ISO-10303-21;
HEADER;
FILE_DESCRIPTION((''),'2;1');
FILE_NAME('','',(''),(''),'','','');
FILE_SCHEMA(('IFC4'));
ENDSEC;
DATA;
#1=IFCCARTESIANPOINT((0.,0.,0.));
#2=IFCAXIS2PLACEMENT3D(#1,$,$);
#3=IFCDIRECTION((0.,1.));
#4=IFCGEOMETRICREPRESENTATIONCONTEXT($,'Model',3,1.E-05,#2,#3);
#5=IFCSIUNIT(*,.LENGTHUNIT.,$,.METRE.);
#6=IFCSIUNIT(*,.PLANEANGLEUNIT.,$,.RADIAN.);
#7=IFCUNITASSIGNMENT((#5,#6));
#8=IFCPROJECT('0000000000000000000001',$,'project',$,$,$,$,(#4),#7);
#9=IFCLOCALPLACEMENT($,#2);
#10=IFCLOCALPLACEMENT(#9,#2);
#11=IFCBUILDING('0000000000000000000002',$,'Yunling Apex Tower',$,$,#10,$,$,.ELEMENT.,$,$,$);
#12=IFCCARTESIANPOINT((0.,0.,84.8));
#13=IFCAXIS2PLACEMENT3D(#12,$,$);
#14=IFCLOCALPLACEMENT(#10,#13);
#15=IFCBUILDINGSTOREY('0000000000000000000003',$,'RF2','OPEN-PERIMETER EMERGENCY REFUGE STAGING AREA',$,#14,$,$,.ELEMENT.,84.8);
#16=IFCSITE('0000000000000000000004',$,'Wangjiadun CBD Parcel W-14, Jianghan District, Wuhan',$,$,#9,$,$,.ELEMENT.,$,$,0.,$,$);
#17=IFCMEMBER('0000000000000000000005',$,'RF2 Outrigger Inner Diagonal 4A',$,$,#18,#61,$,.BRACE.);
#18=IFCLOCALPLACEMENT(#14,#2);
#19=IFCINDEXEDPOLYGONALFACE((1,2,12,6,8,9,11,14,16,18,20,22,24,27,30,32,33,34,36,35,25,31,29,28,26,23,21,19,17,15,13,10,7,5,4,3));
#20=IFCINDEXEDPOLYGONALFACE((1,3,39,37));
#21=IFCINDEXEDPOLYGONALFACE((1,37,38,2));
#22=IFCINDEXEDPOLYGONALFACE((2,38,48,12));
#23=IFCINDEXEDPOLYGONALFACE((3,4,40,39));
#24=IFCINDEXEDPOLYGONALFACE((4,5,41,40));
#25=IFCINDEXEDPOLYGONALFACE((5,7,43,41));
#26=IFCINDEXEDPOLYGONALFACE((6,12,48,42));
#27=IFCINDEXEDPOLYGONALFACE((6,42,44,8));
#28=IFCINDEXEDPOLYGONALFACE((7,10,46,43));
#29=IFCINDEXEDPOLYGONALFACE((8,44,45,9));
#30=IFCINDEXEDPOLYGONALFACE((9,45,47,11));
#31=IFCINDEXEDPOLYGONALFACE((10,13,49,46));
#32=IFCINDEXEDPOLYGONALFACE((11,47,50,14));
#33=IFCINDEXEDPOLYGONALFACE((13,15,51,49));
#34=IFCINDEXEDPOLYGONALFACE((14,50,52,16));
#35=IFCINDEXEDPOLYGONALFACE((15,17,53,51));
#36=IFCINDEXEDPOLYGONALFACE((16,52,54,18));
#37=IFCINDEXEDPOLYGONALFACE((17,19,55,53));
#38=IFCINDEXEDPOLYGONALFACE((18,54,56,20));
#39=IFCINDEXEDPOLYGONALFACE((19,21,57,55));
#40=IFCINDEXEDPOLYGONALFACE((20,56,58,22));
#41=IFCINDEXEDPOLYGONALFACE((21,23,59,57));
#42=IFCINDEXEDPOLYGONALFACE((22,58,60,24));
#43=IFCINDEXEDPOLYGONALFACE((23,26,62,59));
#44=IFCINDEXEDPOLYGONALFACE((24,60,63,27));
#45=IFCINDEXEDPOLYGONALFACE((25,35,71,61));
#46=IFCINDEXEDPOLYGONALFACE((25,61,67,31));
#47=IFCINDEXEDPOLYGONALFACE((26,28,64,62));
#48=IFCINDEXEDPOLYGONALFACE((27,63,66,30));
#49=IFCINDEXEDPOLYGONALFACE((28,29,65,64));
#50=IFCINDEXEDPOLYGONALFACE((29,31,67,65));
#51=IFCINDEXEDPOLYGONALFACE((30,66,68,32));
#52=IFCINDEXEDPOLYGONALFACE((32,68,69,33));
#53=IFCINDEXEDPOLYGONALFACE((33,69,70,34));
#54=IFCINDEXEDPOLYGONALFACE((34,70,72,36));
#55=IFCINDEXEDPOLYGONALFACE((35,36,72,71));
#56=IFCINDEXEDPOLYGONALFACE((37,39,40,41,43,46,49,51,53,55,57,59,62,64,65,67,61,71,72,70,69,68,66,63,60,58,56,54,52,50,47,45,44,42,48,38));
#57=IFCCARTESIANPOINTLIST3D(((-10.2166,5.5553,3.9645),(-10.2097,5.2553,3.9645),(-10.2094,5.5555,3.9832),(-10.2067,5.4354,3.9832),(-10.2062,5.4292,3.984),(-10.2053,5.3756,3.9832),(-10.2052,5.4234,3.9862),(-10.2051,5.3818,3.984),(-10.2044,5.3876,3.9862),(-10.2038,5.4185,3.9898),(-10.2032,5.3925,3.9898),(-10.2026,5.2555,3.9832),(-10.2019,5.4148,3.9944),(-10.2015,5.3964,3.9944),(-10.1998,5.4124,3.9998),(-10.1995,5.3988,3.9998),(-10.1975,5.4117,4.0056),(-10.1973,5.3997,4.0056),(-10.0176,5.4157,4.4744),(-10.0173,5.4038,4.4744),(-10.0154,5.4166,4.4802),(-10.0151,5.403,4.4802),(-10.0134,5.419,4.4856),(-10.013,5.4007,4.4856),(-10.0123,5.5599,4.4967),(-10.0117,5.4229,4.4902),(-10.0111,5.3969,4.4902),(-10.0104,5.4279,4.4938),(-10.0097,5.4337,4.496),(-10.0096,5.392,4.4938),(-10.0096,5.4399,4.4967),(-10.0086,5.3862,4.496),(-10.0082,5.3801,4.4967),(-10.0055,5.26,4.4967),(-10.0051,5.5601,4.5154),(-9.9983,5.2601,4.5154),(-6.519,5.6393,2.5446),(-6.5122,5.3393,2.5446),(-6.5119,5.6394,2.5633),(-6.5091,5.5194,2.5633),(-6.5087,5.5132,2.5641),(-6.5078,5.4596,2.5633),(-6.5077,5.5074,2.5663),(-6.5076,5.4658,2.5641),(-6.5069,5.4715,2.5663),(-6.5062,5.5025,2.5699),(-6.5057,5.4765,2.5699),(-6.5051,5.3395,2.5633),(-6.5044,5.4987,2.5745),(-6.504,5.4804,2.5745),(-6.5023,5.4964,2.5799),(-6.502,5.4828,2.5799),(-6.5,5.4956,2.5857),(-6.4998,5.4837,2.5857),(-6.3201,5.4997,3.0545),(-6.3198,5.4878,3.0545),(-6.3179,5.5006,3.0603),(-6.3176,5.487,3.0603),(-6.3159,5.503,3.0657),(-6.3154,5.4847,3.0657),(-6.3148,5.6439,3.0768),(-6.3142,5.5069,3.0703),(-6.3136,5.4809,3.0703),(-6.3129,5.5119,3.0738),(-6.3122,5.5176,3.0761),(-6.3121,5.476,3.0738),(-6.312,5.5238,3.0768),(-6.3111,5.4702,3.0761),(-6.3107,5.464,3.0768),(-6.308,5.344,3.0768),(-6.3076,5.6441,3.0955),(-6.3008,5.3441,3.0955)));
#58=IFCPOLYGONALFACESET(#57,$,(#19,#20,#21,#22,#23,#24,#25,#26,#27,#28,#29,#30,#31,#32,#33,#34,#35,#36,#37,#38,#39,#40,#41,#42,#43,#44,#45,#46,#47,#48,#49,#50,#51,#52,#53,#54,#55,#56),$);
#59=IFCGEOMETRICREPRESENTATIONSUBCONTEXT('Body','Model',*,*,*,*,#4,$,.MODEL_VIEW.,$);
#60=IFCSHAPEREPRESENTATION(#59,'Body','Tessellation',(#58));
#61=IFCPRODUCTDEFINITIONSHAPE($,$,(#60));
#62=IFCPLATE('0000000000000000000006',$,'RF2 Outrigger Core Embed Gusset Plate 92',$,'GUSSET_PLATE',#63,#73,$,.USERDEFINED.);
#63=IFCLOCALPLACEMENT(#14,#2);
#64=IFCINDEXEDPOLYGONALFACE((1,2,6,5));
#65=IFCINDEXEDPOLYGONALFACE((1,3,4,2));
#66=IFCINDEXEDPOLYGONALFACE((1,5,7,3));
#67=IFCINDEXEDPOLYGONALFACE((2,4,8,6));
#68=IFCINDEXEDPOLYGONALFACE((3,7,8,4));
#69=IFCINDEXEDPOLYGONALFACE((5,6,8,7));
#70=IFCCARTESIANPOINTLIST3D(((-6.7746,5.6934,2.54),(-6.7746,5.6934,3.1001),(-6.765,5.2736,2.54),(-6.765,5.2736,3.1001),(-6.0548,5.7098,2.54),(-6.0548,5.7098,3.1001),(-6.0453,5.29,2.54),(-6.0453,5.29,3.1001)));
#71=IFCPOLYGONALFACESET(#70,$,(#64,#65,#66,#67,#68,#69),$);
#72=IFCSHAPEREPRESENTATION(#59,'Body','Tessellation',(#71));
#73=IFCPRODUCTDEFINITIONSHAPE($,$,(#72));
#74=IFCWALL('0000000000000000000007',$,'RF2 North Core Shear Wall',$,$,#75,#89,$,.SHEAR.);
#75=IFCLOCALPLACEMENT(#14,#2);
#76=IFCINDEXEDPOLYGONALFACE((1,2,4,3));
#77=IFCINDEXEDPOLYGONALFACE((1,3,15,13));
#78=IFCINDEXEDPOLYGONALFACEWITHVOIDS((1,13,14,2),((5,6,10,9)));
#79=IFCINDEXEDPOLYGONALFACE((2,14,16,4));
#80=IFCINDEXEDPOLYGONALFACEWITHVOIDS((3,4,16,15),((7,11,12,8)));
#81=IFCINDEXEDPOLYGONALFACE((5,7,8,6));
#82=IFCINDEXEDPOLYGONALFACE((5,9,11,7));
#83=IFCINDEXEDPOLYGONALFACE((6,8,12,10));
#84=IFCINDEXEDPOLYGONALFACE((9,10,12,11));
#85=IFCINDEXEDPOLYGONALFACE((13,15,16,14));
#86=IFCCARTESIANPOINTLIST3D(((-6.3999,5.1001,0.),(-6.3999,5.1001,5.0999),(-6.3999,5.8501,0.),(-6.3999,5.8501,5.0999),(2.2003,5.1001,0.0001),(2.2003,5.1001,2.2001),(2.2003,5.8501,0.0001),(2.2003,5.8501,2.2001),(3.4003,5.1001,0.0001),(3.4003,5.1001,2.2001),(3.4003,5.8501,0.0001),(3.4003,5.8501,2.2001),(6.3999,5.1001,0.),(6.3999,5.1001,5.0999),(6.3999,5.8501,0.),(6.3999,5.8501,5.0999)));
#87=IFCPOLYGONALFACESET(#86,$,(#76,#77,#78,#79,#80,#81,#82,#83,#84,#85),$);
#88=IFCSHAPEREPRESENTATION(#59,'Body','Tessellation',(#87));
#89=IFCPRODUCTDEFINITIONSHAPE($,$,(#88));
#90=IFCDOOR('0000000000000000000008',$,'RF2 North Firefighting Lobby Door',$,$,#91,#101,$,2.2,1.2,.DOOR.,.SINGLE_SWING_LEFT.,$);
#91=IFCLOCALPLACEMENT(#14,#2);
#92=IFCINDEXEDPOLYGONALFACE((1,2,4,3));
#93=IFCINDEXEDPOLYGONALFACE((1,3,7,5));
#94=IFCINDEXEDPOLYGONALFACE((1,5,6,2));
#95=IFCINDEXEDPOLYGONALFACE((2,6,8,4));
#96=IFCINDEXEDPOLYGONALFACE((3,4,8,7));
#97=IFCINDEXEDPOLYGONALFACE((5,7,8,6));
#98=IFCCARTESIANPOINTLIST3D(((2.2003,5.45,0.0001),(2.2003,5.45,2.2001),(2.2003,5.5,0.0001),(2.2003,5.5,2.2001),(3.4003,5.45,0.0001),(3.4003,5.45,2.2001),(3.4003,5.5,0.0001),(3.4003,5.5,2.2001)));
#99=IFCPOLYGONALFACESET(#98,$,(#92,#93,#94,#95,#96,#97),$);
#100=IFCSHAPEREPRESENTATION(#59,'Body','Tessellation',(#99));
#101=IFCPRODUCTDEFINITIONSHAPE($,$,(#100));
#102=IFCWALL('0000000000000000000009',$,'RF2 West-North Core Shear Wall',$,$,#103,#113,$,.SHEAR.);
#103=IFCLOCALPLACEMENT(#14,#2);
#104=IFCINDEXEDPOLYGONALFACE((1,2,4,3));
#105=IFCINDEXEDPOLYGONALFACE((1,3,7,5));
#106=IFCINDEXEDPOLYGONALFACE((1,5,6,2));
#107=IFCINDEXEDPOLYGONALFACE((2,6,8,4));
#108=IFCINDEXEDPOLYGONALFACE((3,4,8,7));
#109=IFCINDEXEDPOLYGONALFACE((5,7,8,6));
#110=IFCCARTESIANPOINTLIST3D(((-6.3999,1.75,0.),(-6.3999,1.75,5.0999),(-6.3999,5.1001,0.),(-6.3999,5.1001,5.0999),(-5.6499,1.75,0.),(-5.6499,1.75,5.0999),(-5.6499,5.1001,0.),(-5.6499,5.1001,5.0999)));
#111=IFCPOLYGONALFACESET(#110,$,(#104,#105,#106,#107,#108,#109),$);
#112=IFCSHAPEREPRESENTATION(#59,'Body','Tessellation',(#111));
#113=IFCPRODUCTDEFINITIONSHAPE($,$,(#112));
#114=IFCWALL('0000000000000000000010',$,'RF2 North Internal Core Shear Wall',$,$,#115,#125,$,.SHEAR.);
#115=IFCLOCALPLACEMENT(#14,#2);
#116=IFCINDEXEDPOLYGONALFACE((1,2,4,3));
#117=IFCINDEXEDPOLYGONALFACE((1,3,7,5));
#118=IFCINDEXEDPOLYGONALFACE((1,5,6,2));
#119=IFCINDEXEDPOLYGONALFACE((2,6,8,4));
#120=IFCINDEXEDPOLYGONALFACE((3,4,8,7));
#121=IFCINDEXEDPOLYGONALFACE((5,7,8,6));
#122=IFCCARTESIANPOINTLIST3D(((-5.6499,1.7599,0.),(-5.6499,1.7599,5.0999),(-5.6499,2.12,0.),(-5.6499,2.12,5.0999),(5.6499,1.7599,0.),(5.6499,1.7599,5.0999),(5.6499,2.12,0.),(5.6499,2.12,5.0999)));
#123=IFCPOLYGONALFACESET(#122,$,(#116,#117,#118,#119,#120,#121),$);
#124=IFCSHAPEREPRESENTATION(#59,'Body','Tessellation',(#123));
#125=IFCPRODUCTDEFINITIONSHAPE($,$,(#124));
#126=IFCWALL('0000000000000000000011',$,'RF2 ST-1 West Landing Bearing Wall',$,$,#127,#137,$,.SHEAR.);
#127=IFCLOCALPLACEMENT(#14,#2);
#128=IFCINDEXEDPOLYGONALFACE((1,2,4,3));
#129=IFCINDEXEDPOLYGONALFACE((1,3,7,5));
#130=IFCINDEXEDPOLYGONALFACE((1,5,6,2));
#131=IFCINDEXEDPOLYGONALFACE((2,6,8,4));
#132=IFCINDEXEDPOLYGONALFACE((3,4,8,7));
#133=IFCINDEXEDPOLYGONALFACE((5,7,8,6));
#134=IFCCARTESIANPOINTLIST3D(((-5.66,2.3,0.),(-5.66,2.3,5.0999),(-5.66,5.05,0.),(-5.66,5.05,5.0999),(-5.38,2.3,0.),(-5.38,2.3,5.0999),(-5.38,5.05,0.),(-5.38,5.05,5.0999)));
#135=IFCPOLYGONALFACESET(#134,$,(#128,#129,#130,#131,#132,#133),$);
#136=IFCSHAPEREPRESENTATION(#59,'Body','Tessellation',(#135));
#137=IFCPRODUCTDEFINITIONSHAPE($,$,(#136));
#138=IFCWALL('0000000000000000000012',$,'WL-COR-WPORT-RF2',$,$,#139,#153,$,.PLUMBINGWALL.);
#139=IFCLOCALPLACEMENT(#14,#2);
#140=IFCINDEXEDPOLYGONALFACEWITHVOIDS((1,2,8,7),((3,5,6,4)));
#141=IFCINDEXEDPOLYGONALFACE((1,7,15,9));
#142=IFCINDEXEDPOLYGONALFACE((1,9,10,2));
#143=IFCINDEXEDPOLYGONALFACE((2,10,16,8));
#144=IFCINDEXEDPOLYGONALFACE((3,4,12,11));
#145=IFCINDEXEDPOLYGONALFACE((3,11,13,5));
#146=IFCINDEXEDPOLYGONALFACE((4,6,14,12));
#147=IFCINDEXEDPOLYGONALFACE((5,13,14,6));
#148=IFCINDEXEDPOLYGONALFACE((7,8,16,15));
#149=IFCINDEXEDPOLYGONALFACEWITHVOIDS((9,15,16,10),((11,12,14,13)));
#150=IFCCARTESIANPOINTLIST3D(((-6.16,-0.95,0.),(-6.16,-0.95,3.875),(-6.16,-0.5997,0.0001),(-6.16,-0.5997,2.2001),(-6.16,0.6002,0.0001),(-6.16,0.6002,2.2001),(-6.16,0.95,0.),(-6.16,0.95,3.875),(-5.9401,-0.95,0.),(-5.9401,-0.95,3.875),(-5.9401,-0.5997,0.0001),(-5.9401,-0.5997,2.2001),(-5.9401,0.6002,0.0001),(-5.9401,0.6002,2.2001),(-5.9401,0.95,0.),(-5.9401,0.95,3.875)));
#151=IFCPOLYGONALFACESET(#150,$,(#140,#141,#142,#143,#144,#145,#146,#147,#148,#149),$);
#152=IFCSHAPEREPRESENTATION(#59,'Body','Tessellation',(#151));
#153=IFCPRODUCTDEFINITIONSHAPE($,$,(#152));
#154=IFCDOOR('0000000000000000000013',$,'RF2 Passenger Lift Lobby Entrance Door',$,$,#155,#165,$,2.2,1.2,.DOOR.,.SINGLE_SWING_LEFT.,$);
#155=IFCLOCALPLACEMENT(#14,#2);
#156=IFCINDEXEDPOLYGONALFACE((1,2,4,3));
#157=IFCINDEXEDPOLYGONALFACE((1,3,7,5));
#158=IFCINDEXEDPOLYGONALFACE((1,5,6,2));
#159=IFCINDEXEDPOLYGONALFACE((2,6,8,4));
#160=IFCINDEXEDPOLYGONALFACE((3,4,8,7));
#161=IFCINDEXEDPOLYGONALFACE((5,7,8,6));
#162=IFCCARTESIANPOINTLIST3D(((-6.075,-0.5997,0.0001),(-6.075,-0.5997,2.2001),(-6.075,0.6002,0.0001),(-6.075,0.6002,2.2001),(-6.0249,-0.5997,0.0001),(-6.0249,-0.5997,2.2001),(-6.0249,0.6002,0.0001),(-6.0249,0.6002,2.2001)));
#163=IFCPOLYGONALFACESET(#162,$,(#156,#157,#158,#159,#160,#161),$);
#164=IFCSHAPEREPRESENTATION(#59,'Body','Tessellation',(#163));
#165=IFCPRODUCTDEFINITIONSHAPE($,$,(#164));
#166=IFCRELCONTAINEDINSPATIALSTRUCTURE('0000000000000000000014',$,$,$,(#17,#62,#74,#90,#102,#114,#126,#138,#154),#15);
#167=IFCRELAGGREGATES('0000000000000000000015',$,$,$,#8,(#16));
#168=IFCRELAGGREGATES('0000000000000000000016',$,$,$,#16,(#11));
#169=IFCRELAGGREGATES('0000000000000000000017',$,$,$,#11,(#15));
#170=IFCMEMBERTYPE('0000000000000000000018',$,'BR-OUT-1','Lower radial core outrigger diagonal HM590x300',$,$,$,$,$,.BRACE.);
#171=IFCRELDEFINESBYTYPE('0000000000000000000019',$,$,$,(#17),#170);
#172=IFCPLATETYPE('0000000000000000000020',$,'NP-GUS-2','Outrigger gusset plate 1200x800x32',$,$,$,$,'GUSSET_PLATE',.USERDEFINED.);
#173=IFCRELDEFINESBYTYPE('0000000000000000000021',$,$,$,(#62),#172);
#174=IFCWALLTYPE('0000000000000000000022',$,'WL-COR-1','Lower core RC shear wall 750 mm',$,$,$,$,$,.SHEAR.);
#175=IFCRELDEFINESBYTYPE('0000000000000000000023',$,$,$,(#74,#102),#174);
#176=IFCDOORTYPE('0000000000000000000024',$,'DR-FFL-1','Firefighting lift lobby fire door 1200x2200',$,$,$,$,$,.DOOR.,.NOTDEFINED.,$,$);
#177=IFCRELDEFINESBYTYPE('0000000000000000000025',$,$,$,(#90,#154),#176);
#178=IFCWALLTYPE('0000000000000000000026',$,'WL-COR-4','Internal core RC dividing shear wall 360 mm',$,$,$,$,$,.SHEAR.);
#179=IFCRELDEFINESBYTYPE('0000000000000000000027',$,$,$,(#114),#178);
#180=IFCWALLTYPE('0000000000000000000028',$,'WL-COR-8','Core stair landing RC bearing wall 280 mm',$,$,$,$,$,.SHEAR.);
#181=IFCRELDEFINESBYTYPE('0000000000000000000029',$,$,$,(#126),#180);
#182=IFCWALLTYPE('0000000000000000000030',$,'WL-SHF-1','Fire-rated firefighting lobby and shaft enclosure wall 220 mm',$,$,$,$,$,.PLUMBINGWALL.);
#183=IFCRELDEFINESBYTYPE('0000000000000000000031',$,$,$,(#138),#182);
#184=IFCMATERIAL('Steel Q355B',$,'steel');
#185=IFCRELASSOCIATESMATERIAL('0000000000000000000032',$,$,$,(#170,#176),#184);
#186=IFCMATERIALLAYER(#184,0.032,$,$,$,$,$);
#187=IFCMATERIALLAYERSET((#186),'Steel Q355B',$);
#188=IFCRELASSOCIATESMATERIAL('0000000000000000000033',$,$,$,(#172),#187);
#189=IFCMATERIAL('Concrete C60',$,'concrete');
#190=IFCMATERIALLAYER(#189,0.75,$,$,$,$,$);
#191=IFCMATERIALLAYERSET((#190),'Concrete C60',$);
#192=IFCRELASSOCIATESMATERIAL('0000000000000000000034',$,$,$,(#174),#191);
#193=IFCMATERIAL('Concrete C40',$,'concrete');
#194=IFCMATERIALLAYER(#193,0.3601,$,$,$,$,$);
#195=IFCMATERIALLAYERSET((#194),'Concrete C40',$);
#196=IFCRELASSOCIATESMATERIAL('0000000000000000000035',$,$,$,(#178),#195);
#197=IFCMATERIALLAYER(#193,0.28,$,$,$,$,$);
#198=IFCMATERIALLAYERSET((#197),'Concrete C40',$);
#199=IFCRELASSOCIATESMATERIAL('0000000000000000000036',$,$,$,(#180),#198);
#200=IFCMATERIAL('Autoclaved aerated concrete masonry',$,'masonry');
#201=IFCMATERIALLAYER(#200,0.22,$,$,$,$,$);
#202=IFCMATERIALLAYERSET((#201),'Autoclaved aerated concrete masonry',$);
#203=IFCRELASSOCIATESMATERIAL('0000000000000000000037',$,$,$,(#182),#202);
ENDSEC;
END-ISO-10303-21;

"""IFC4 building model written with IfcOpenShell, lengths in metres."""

from ifc_helpers import new_model, si_unit, direction, frame, frame_2d, origin, origin_2d, place, context, subcontext, project, spatial, rectangle, i_section, extrude, source, transform, mapped, material, layer, layer_set, material_profile, profile_set, type_object, element, fill, save


model = new_model("IFC4")

# Units and contexts
model_context = context("Model", 3, precision=1e-05, world=origin(), true_north=direction((0.0, 1.0)))
body_context = subcontext(model_context, "Body", "Model", "MODEL_VIEW")
ifc_project = project(units=[si_unit("LENGTHUNIT", "METRE"), si_unit("PLANEANGLEUNIT", "RADIAN")], contexts=[model_context])

# Site, building, storey
site_placement = place(None, origin())
site = spatial("IfcSite", under=ifc_project, at=site_placement, Name="Wangjiadun CBD Parcel W-14, Jianghan District, Wuhan", CompositionType="ELEMENT", RefElevation=0.0)
building_placement = place(site_placement, origin())
building = spatial("IfcBuilding", under=site, at=building_placement, Name="Yunling Apex Tower", CompositionType="ELEMENT")
storey_placement = place(building_placement, frame((0.0, 0.0, 84.8)))
storey = spatial("IfcBuildingStorey", under=building, at=storey_placement, Name="RF2", Description="OPEN-PERIMETER EMERGENCY REFUGE STAGING AREA", CompositionType="ELEMENT", Elevation=84.8)

# Shared definitions
ifc_material_1 = material(Name="Steel Q355B", Category="steel")
ifc_material_2 = material(Name="Concrete C60", Category="concrete")

# Member
ifc_material_profile_1 = material_profile(ifc_material_1, i_section(OverallWidth=0.3, OverallDepth=0.5901, WebThickness=0.012, FlangeThickness=0.02, FilletRadius=0.0239, at=origin_2d()))
ifc_profile_set_1 = profile_set([ifc_material_profile_1], Name="Steel Q355B")
member_type = type_object("IfcMemberType", Name="BR-OUT-1", Description="Lower radial core outrigger diagonal HM590x300", PredefinedType="BRACE", material=ifc_profile_set_1)
shared_shape_1 = source(origin(), body_context, "Body", "SweptSolid", [
    extrude(i_section(OverallWidth=0.3, OverallDepth=0.5901, WebThickness=0.012, FlangeThickness=0.02, FilletRadius=0.0239, at=origin_2d()), origin(), (0.0, 0.0, 1.0), 3.9617),
])
member_placement = place(storey_placement, frame((-6.4099, 5.4917, 2.8201), z_axis=(-0.933322, -0.021199, 0.358415), x_axis=(0.022708, -0.999742, 0.0)))
element("IfcMember", 1, at=member_placement, inside=storey, type_object=member_type, Name="RF2 Outrigger Inner Diagonal 4A", PredefinedType="BRACE", context=body_context, shape_type="MappedRepresentation", body=[
    mapped(shared_shape_1, transform((0.0, 0.0, 0.0), scale=1.0)),
])

# Plate
ifc_layer_1 = layer(ifc_material_1, 0.032)
ifc_layer_set_1 = layer_set([ifc_layer_1], Name="Steel Q355B")
plate_type = type_object("IfcPlateType", Name="NP-GUS-2", Description="Outrigger gusset plate 1200x800x32", ElementType="GUSSET_PLATE", PredefinedType="USERDEFINED", material=ifc_layer_set_1)
shared_shape_2 = source(origin(), body_context, "Body", "SweptSolid", [
    extrude(rectangle(XDim=0.72, YDim=0.4199, at=origin_2d()), origin(), (0.0, 0.0, 1.0), 0.5601),
])
plate_placement = place(storey_placement, frame((-6.4099, 5.4917, 2.54), z_axis=(0.0, 0.0, 1.0), x_axis=(-0.999743, -0.022687, 0.0)))
element("IfcPlate", 2, at=plate_placement, inside=storey, type_object=plate_type, Name="RF2 Outrigger Core Embed Gusset Plate 92", ObjectType="GUSSET_PLATE", PredefinedType="USERDEFINED", context=body_context, shape_type="MappedRepresentation", body=[
    mapped(shared_shape_2, transform((0.0, 0.0, 0.0), scale=1.0)),
])

# Wall, opening, door
ifc_layer_2 = layer(ifc_material_2, 0.75)
ifc_layer_set_2 = layer_set([ifc_layer_2], Name="Concrete C60")
wall_type_1 = type_object("IfcWallType", Name="WL-COR-1", Description="Lower core RC shear wall 750 mm", PredefinedType="SHEAR", material=ifc_layer_set_2)
wall_1_placement = place(storey_placement, frame((-6.3999, 5.4751, 0.0), z_axis=(0.0, 0.0, 1.0), x_axis=(1.0, 0.0, 0.0)))
wall_1 = element("IfcWall", 3, at=wall_1_placement, inside=storey, type_object=wall_type_1, Name="RF2 North Core Shear Wall", PredefinedType="SHEAR", context=body_context, shape_type="SweptSolid", body=[
    extrude(rectangle(XDim=12.7998, YDim=0.75, at=frame_2d((6.3999, 0.0))), origin(), (0.0, 0.0, 1.0), 5.0999),
])
opening_1_placement = place(wall_1_placement, frame((8.6001, 0.0, 0.0)))
opening_1 = element("IfcOpeningElement", 4, at=opening_1_placement, cuts=wall_1, PredefinedType="OPENING", context=body_context, shape_type="SweptSolid", body=[
    extrude(rectangle(XDim=1.2, YDim=2.2, at=frame_2d((0.6001, 1.1001))), frame((0.0, 0.385, 0.0), z_axis=(0.0, -1.0, 0.0), x_axis=(1.0, 0.0, 0.0)), (0.0, 0.0, 1.0), 0.77),
])
door_type_1 = type_object("IfcDoorType", Name="DR-FFL-1", Description="Firefighting lift lobby fire door 1200x2200", OperationType="NOTDEFINED", PredefinedType="DOOR", material=ifc_material_1)
door_1_placement = place(opening_1_placement, origin())
door_1 = element("IfcDoor", 5, at=door_1_placement, inside=storey, type_object=door_type_1, Name="RF2 North Firefighting Lobby Door", OperationType="SINGLE_SWING_LEFT", OverallHeight=2.2, OverallWidth=1.2, PredefinedType="DOOR", context=body_context, shape_type="SweptSolid", body=[
    extrude(rectangle(XDim=1.2, YDim=2.2, at=frame_2d((0.6001, 1.1001))), frame((0.0, 0.0249, 0.0), z_axis=(0.0, -1.0, 0.0), x_axis=(1.0, 0.0, 0.0)), (0.0, 0.0, 1.0), 0.05),
])
fill(opening_1, door_1)

# Walls
wall_2_placement = place(storey_placement, frame((-6.0249, 1.75, 0.0), z_axis=(0.0, 0.0, 1.0), x_axis=(0.0, 1.0, 0.0)))
element("IfcWall", 6, at=wall_2_placement, inside=storey, type_object=wall_type_1, Name="RF2 West-North Core Shear Wall", PredefinedType="SHEAR", context=body_context, shape_type="SweptSolid", body=[
    extrude(rectangle(XDim=3.3501, YDim=0.75, at=frame_2d((1.675, 0.0))), origin(), (0.0, 0.0, 1.0), 5.0999),
])
ifc_material_3 = material(Name="Concrete C40", Category="concrete")
ifc_layer_3 = layer(ifc_material_3, 0.3601)
ifc_layer_set_3 = layer_set([ifc_layer_3], Name="Concrete C40")
wall_type_2 = type_object("IfcWallType", Name="WL-COR-4", Description="Internal core RC dividing shear wall 360 mm", PredefinedType="SHEAR", material=ifc_layer_set_3)
wall_3_placement = place(storey_placement, frame((-5.6499, 1.9399, 0.0), z_axis=(0.0, 0.0, 1.0), x_axis=(1.0, 0.0, 0.0)))
element("IfcWall", 7, at=wall_3_placement, inside=storey, type_object=wall_type_2, Name="RF2 North Internal Core Shear Wall", PredefinedType="SHEAR", context=body_context, shape_type="SweptSolid", body=[
    extrude(rectangle(XDim=11.2998, YDim=0.3601, at=frame_2d((5.6499, 0.0))), origin(), (0.0, 0.0, 1.0), 5.0999),
])
ifc_layer_4 = layer(ifc_material_3, 0.28)
ifc_layer_set_4 = layer_set([ifc_layer_4], Name="Concrete C40")
wall_type_3 = type_object("IfcWallType", Name="WL-COR-8", Description="Core stair landing RC bearing wall 280 mm", PredefinedType="SHEAR", material=ifc_layer_set_4)
wall_4_placement = place(storey_placement, frame((-5.52, 2.3, 0.0), z_axis=(0.0, 0.0, 1.0), x_axis=(0.0, 1.0, 0.0)))
element("IfcWall", 8, at=wall_4_placement, inside=storey, type_object=wall_type_3, Name="RF2 ST-1 West Landing Bearing Wall", PredefinedType="SHEAR", context=body_context, shape_type="SweptSolid", body=[
    extrude(rectangle(XDim=2.75, YDim=0.28, at=frame_2d((1.375, 0.0))), origin(), (0.0, 0.0, 1.0), 5.0999),
])

# Wall, opening, door
ifc_material_4 = material(Name="Autoclaved aerated concrete masonry", Category="masonry")
ifc_layer_5 = layer(ifc_material_4, 0.22)
ifc_layer_set_5 = layer_set([ifc_layer_5], Name="Autoclaved aerated concrete masonry")
wall_type_4 = type_object("IfcWallType", Name="WL-SHF-1", Description="Fire-rated firefighting lobby and shaft enclosure wall 220 mm", PredefinedType="PLUMBINGWALL", material=ifc_layer_set_5)
wall_5_placement = place(storey_placement, frame((-6.05, -0.95, 0.0), z_axis=(0.0, 0.0, 1.0), x_axis=(0.0, 1.0, 0.0)))
wall_5 = element("IfcWall", 9, at=wall_5_placement, inside=storey, type_object=wall_type_4, Name="WL-COR-WPORT-RF2", PredefinedType="PLUMBINGWALL", context=body_context, shape_type="SweptSolid", body=[
    extrude(rectangle(XDim=1.8999, YDim=0.22, at=frame_2d((0.95, 0.0))), origin(), (0.0, 0.0, 1.0), 3.875),
])
opening_2_placement = place(wall_5_placement, frame((0.3501, 0.0, 0.0)))
opening_2 = element("IfcOpeningElement", 10, at=opening_2_placement, cuts=wall_5, PredefinedType="OPENING", context=body_context, shape_type="SweptSolid", body=[
    extrude(rectangle(XDim=1.2, YDim=2.2, at=frame_2d((0.6001, 1.1001))), frame((0.0, 0.1201, 0.0), z_axis=(0.0, -1.0, 0.0), x_axis=(1.0, 0.0, 0.0)), (0.0, 0.0, 1.0), 0.24),
])
door_2_placement = place(opening_2_placement, origin())
door_2 = element("IfcDoor", 11, at=door_2_placement, inside=storey, type_object=door_type_1, Name="RF2 Passenger Lift Lobby Entrance Door", OperationType="SINGLE_SWING_LEFT", OverallHeight=2.2, OverallWidth=1.2, PredefinedType="DOOR", context=body_context, shape_type="SweptSolid", body=[
    extrude(rectangle(XDim=1.2, YDim=2.2, at=frame_2d((0.6001, 1.1001))), frame((0.0, 0.0249, 0.0), z_axis=(0.0, -1.0, 0.0), x_axis=(1.0, 0.0, 0.0)), (0.0, 0.0, 1.0), 0.05),
])
fill(opening_2, door_2)

save(model, "model.ifc")
